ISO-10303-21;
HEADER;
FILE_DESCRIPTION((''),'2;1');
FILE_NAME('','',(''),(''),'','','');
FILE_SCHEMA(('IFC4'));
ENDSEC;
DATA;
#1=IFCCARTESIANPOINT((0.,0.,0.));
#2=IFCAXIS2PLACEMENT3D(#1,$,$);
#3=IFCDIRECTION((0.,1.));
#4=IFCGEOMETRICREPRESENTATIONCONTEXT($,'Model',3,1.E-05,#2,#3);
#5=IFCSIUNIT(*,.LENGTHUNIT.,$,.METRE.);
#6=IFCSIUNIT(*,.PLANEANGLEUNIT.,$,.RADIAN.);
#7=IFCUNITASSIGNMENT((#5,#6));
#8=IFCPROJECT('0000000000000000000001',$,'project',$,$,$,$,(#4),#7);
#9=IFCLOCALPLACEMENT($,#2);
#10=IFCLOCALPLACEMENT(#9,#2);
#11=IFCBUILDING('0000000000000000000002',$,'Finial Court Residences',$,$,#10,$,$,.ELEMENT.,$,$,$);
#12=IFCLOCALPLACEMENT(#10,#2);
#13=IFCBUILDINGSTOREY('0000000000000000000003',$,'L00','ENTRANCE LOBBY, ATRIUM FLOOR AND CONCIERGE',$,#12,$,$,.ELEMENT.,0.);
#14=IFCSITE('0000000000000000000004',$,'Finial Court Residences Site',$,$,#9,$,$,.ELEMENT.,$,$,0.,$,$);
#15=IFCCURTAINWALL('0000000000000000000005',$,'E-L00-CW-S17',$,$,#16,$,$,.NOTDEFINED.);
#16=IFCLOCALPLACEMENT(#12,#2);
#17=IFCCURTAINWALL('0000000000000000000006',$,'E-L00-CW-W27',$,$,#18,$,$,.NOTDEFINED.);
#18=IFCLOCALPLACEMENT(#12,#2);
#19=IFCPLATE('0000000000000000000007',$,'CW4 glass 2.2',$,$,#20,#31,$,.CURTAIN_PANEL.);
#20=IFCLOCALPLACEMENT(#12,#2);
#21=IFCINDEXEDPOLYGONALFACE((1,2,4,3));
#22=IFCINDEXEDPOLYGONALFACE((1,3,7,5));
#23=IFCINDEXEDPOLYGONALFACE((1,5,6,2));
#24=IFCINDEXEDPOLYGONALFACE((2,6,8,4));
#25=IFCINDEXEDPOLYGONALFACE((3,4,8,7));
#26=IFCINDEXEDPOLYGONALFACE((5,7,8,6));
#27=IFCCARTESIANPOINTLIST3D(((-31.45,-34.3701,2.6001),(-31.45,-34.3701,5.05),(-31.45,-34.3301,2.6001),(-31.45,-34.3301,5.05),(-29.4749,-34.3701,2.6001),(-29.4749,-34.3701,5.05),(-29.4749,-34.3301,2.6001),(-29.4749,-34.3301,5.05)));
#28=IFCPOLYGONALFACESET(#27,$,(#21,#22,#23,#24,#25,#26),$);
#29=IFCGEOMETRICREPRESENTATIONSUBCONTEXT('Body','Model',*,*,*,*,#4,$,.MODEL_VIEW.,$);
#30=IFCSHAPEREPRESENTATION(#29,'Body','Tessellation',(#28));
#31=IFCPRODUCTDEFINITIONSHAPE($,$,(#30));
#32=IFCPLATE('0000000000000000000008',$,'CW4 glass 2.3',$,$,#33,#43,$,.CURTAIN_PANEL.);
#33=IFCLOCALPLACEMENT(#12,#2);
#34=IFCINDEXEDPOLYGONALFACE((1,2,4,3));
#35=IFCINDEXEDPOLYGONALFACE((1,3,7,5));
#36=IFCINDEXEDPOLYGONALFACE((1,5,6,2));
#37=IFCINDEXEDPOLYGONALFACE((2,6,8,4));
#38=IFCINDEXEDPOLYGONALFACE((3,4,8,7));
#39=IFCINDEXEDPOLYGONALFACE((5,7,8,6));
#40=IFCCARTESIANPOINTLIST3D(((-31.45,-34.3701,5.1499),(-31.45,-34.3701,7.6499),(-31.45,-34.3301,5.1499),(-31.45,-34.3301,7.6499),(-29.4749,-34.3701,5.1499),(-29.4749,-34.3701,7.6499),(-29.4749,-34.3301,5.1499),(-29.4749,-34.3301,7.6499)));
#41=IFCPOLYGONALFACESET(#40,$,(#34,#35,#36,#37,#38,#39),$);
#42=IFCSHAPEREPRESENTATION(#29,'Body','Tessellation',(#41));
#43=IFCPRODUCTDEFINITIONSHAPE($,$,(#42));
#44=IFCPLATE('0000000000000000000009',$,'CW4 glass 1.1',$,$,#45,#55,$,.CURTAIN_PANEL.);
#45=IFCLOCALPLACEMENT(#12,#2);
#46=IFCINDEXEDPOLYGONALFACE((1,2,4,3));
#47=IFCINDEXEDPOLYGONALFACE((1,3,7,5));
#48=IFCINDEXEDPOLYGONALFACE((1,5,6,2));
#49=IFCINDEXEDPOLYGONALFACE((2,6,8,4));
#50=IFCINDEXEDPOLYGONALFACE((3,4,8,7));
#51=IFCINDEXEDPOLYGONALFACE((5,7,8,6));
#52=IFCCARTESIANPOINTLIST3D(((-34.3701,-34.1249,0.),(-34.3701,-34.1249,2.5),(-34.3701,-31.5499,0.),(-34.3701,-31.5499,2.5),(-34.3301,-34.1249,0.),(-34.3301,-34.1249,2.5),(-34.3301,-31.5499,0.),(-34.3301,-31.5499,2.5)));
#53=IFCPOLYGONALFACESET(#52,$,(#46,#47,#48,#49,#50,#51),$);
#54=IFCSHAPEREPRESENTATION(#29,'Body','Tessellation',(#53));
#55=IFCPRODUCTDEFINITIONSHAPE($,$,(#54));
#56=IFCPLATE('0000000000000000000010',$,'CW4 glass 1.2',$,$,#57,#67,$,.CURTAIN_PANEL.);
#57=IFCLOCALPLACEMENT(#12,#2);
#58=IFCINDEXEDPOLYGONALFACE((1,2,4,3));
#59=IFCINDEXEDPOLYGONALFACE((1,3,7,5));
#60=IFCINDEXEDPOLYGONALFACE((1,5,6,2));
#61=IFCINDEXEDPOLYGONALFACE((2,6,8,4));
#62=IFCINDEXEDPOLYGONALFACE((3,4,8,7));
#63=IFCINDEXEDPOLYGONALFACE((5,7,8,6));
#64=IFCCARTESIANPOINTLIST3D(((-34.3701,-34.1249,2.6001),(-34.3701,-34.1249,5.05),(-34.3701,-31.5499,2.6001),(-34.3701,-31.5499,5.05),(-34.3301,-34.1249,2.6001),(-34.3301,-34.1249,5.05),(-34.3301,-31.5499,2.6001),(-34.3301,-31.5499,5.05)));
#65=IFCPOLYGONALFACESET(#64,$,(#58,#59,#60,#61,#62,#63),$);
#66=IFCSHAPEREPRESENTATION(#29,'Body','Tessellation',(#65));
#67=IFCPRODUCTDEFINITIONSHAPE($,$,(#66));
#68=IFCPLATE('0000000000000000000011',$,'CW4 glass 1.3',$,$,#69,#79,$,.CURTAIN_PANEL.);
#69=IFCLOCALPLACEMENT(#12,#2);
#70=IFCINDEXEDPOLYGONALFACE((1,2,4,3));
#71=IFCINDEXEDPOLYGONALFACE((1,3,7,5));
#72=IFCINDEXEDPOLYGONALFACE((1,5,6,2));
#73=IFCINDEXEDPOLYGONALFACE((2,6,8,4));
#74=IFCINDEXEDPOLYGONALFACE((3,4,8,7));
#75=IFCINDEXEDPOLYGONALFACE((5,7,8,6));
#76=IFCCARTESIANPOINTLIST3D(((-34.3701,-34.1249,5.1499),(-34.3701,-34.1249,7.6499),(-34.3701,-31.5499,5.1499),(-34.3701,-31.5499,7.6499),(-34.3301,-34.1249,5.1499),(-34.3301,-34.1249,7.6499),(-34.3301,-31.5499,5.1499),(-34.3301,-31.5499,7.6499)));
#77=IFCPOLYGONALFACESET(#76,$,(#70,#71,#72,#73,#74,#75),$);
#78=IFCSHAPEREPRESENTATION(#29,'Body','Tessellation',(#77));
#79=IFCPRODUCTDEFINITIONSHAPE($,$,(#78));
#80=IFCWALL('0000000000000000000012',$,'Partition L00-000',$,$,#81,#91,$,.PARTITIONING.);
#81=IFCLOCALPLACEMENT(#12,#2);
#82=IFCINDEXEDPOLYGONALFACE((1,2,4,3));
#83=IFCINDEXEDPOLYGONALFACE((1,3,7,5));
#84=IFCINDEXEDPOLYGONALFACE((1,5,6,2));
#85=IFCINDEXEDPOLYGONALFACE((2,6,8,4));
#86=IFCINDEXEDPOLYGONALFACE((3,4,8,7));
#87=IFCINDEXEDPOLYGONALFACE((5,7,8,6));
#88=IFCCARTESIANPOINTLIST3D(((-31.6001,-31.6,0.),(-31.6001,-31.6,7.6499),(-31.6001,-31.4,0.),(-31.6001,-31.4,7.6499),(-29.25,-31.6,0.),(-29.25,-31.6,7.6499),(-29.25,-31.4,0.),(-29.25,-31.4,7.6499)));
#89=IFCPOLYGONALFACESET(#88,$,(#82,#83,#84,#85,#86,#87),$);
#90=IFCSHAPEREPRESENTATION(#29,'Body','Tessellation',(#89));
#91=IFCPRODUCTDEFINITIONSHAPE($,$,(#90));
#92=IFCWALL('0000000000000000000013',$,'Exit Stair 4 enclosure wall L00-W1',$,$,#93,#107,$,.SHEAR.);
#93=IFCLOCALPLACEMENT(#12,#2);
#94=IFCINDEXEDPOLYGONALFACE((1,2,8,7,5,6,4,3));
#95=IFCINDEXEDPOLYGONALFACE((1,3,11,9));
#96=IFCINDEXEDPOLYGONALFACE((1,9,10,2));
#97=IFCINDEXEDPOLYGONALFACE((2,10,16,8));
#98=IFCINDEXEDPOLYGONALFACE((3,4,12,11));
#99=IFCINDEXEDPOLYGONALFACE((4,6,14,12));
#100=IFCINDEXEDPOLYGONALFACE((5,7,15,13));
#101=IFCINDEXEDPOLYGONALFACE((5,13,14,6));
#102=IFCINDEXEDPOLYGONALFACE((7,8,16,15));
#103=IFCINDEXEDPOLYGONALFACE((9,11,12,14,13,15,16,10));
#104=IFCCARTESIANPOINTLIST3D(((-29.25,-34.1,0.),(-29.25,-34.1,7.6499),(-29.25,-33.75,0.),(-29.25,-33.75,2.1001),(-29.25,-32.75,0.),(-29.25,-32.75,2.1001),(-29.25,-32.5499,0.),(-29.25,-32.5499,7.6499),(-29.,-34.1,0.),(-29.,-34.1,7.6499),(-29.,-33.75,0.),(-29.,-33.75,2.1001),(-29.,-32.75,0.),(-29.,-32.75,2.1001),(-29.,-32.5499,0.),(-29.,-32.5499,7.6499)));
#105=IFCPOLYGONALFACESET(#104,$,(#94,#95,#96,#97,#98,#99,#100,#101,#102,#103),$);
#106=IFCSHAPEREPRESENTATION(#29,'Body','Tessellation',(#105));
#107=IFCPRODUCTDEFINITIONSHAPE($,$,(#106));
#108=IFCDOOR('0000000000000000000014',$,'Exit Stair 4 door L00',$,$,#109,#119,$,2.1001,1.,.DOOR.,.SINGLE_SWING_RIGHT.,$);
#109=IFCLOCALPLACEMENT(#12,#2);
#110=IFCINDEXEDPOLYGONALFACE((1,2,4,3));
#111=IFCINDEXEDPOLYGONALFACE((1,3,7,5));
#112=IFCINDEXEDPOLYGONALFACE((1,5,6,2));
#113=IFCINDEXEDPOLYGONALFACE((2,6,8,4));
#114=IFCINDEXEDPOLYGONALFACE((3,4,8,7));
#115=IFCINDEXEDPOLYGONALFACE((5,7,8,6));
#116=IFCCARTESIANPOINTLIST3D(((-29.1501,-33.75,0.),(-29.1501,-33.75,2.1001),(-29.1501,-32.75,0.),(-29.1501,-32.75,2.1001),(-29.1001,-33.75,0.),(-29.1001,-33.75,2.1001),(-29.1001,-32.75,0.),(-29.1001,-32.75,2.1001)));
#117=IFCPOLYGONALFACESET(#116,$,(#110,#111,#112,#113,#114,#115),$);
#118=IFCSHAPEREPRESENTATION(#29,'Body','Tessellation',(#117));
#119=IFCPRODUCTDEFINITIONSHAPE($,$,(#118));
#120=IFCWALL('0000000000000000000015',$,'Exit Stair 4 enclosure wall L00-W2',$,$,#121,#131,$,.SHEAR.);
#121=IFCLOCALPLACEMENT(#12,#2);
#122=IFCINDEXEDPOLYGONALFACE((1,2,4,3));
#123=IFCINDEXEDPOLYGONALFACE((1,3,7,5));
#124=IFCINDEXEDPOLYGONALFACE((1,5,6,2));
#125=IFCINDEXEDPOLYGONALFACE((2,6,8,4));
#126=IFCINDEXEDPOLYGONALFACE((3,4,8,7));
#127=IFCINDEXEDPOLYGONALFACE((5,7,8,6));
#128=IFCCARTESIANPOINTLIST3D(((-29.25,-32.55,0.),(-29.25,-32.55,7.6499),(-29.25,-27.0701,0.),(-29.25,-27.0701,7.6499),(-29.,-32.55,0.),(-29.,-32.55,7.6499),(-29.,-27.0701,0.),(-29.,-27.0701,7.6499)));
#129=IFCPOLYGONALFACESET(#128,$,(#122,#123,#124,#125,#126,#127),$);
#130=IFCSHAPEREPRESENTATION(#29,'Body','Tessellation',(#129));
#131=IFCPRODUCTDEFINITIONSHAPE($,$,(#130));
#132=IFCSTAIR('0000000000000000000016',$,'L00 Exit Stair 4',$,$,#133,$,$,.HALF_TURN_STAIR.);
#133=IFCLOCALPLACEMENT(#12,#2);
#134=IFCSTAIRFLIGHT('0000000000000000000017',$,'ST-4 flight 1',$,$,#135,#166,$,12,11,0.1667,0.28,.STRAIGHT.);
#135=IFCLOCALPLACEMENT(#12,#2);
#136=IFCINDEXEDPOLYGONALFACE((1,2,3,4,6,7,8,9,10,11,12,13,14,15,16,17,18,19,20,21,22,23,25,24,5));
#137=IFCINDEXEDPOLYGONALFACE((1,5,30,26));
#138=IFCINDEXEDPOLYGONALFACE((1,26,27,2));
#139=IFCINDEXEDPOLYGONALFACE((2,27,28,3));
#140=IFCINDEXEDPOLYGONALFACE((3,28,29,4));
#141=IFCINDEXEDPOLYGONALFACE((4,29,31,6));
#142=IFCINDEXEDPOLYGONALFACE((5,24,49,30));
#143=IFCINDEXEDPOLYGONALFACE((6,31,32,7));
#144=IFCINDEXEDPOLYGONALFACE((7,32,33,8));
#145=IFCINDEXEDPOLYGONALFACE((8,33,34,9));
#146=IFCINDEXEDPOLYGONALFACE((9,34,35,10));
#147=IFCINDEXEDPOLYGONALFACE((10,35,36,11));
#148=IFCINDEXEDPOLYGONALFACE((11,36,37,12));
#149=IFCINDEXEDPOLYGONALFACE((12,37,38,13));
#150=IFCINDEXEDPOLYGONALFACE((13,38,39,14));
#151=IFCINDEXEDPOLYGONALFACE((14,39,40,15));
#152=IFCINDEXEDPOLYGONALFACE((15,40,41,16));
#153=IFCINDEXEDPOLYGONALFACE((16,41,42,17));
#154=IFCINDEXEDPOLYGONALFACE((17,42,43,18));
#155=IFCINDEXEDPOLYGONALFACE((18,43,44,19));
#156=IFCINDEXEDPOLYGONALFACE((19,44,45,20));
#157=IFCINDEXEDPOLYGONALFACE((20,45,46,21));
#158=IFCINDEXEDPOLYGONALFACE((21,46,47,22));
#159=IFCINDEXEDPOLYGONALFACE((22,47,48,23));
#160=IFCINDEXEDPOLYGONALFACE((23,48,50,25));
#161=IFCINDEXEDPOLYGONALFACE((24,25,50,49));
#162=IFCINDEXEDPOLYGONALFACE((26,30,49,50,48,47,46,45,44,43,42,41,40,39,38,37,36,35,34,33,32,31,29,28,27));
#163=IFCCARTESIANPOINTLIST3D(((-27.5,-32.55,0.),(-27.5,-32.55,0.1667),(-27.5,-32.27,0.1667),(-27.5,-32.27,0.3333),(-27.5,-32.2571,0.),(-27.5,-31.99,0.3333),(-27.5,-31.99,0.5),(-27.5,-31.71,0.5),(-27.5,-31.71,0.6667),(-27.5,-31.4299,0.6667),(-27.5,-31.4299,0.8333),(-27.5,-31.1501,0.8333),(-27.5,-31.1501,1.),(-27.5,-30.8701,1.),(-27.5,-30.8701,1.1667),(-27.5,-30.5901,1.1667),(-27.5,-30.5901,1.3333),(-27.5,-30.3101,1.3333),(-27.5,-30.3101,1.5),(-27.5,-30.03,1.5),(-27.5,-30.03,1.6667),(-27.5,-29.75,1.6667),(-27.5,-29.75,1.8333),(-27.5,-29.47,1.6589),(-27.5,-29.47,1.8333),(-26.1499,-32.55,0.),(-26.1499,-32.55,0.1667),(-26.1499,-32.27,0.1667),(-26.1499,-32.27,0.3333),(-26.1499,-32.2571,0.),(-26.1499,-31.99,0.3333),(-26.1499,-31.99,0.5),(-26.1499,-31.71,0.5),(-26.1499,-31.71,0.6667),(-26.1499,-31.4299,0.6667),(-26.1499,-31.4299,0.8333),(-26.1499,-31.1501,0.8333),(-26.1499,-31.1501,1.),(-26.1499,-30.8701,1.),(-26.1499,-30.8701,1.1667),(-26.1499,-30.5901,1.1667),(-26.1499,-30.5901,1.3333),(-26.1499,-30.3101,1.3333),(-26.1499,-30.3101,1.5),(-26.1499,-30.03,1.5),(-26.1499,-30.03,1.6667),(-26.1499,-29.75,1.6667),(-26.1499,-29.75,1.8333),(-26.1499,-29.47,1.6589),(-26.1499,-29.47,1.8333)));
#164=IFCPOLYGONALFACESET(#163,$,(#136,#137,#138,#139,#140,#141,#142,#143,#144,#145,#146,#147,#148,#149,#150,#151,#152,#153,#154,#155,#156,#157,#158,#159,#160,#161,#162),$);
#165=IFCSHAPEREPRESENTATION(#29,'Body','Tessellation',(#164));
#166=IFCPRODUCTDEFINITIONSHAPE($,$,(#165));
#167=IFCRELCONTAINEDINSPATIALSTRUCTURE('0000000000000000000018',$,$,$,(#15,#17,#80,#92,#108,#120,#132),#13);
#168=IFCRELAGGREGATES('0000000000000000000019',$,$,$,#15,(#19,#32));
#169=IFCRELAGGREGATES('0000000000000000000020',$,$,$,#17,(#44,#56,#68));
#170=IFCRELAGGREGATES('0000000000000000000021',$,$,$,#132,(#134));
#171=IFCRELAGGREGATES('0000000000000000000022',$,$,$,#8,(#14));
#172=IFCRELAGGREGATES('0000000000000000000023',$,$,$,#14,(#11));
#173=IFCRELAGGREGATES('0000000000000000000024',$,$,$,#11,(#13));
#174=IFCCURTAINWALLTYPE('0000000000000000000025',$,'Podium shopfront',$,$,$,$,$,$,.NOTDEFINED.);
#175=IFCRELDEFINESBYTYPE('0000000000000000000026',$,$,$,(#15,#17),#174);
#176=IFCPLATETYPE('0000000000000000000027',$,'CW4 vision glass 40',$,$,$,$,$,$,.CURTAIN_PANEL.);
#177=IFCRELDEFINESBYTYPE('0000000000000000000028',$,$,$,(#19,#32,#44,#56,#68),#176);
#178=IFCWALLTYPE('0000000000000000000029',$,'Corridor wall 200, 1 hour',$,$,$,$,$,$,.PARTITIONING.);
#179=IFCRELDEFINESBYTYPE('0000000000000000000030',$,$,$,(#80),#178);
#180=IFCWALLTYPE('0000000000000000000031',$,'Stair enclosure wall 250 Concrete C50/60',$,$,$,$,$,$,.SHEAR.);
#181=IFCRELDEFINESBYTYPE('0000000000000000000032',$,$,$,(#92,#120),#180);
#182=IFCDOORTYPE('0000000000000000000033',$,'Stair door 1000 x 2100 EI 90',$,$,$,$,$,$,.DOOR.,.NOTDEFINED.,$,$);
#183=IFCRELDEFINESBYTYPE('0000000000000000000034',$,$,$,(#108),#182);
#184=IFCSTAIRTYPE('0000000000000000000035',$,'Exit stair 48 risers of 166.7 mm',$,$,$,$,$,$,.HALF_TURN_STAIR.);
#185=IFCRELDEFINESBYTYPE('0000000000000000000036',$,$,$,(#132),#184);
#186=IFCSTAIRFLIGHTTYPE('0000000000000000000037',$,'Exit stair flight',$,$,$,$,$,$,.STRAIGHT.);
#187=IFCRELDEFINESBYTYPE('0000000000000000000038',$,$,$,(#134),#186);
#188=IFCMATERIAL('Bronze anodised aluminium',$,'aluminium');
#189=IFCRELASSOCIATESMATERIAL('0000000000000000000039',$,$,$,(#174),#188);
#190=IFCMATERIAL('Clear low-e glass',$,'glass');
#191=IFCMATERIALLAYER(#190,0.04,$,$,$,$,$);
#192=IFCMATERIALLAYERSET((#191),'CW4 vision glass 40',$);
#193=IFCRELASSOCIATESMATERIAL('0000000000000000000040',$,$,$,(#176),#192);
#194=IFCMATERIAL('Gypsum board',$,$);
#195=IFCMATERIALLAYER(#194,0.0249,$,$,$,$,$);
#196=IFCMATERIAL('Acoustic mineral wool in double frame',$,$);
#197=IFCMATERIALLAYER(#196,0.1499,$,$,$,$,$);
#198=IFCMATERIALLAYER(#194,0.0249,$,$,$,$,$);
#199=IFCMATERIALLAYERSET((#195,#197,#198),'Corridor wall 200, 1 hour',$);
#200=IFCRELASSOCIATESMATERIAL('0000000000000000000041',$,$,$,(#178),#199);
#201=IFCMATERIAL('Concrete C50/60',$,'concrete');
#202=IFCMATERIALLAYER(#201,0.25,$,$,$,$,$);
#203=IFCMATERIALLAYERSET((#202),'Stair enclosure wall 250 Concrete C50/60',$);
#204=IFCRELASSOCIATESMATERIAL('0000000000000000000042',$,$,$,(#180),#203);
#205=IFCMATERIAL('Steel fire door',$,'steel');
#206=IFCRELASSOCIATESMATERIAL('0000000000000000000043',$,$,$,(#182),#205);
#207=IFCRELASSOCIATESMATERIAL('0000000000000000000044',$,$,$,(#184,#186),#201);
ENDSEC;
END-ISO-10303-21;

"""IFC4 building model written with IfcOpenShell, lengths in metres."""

from ifc_helpers import new_model, si_unit, direction, frame, frame_2d, origin, origin_2d, place, context, subcontext, project, spatial, polyline, rectangle, outline, extrude, material, layer, layer_set, type_object, element, fill, aggregate, save


model = new_model("IFC4")

# Units and contexts
model_context = context("Model", 3, precision=1e-05, world=origin(), true_north=direction((0.0, 1.0)))
body_context = subcontext(model_context, "Body", "Model", "MODEL_VIEW")
ifc_project = project(units=[si_unit("LENGTHUNIT", "METRE"), si_unit("PLANEANGLEUNIT", "RADIAN")], contexts=[model_context])

# Site, building, storey
site_placement = place(None, origin())
site = spatial("IfcSite", under=ifc_project, at=site_placement, Name="Finial Court Residences Site", CompositionType="ELEMENT", RefElevation=0.0)
building_placement = place(site_placement, origin())
building = spatial("IfcBuilding", under=site, at=building_placement, Name="Finial Court Residences", CompositionType="ELEMENT")
storey_placement = place(building_placement, origin())
storey = spatial("IfcBuildingStorey", under=building, at=storey_placement, Name="L00", Description="ENTRANCE LOBBY, ATRIUM FLOOR AND CONCIERGE", CompositionType="ELEMENT", Elevation=0.0)

# Curtain walls
ifc_material_1 = material(Name="Bronze anodised aluminium", Category="aluminium")
curtain_wall_type = type_object("IfcCurtainWallType", Name="Podium shopfront", PredefinedType="NOTDEFINED", material=ifc_material_1)
curtain_wall_1_placement = place(storey_placement, origin())
curtain_wall_1 = element("IfcCurtainWall", 1, at=curtain_wall_1_placement, inside=storey, type_object=curtain_wall_type, Name="E-L00-CW-S17", PredefinedType="NOTDEFINED")
curtain_wall_2_placement = place(storey_placement, origin())
curtain_wall_2 = element("IfcCurtainWall", 2, at=curtain_wall_2_placement, inside=storey, type_object=curtain_wall_type, Name="E-L00-CW-W27", PredefinedType="NOTDEFINED")

# Plates
ifc_material_2 = material(Name="Clear low-e glass", Category="glass")
ifc_layer_1 = layer(ifc_material_2, 0.04)
ifc_layer_set_1 = layer_set([ifc_layer_1], Name="CW4 vision glass 40")
plate_type = type_object("IfcPlateType", Name="CW4 vision glass 40", PredefinedType="CURTAIN_PANEL", material=ifc_layer_set_1)
plate_1_placement = place(storey_placement, frame((-30.4624, -34.3501, 2.6001), z_axis=(0.0, 0.0, 1.0), x_axis=(1.0, 0.0, 0.0)))
plate_1 = element("IfcPlate", 3, at=plate_1_placement, type_object=plate_type, Name="CW4 glass 2.2", PredefinedType="CURTAIN_PANEL", context=body_context, shape_type="SweptSolid", body=[
    extrude(rectangle(XDim=1.9751, YDim=0.04, at=origin_2d()), origin(), (0.0, 0.0, 1.0), 2.45),
])
plate_2_placement = place(storey_placement, frame((-30.4624, -34.3501, 5.1499), z_axis=(0.0, 0.0, 1.0), x_axis=(1.0, 0.0, 0.0)))
plate_2 = element("IfcPlate", 4, at=plate_2_placement, type_object=plate_type, Name="CW4 glass 2.3", PredefinedType="CURTAIN_PANEL", context=body_context, shape_type="SweptSolid", body=[
    extrude(rectangle(XDim=1.9751, YDim=0.04, at=origin_2d()), origin(), (0.0, 0.0, 1.0), 2.5),
])
aggregate(curtain_wall_1, [plate_1, plate_2])
plate_3_placement = place(storey_placement, frame((-34.3501, -32.8374, 0.0), z_axis=(0.0, 0.0, 1.0), x_axis=(0.0, 1.0, 0.0)))
plate_3 = element("IfcPlate", 5, at=plate_3_placement, type_object=plate_type, Name="CW4 glass 1.1", PredefinedType="CURTAIN_PANEL", context=body_context, shape_type="SweptSolid", body=[
    extrude(rectangle(XDim=2.575, YDim=0.04, at=origin_2d()), origin(), (0.0, 0.0, 1.0), 2.5),
])
plate_4_placement = place(storey_placement, frame((-34.3501, -32.8374, 2.6001), z_axis=(0.0, 0.0, 1.0), x_axis=(0.0, 1.0, 0.0)))
plate_4 = element("IfcPlate", 6, at=plate_4_placement, type_object=plate_type, Name="CW4 glass 1.2", PredefinedType="CURTAIN_PANEL", context=body_context, shape_type="SweptSolid", body=[
    extrude(rectangle(XDim=2.575, YDim=0.04, at=origin_2d()), origin(), (0.0, 0.0, 1.0), 2.45),
])
plate_5_placement = place(storey_placement, frame((-34.3501, -32.8374, 5.1499), z_axis=(0.0, 0.0, 1.0), x_axis=(0.0, 1.0, 0.0)))
plate_5 = element("IfcPlate", 7, at=plate_5_placement, type_object=plate_type, Name="CW4 glass 1.3", PredefinedType="CURTAIN_PANEL", context=body_context, shape_type="SweptSolid", body=[
    extrude(rectangle(XDim=2.575, YDim=0.04, at=origin_2d()), origin(), (0.0, 0.0, 1.0), 2.5),
])
aggregate(curtain_wall_2, [plate_3, plate_4, plate_5])

# Wall
ifc_material_3 = material(Name="Gypsum board")
ifc_layer_2 = layer(ifc_material_3, 0.0249)
ifc_material_4 = material(Name="Acoustic mineral wool in double frame")
ifc_layer_3 = layer(ifc_material_4, 0.1499)
ifc_layer_4 = layer(ifc_material_3, 0.0249)
ifc_layer_set_2 = layer_set([ifc_layer_2, ifc_layer_3, ifc_layer_4], Name="Corridor wall 200, 1 hour")
wall_type_1 = type_object("IfcWallType", Name="Corridor wall 200, 1 hour", PredefinedType="PARTITIONING", material=ifc_layer_set_2)
wall_1_placement = place(storey_placement, frame((-31.6001, -31.5, 0.0), z_axis=(0.0, 0.0, 1.0), x_axis=(1.0, 0.0, 0.0)))
element("IfcWall", 8, at=wall_1_placement, inside=storey, type_object=wall_type_1, Name="Partition L00-000", PredefinedType="PARTITIONING", context=body_context, shape_type="SweptSolid", body=[
    extrude(rectangle(XDim=2.3501, YDim=0.2, at=frame_2d((1.175, 0.0))), origin(), (0.0, 0.0, 1.0), 7.6499),
])

# Wall, opening, door
ifc_material_5 = material(Name="Concrete C50/60", Category="concrete")
ifc_layer_5 = layer(ifc_material_5, 0.25)
ifc_layer_set_3 = layer_set([ifc_layer_5], Name="Stair enclosure wall 250 Concrete C50/60")
wall_type_2 = type_object("IfcWallType", Name="Stair enclosure wall 250 Concrete C50/60", PredefinedType="SHEAR", material=ifc_layer_set_3)
wall_2_placement = place(storey_placement, frame((-29.125, -32.55, 0.0), z_axis=(0.0, 0.0, 1.0), x_axis=(0.0, -1.0, 0.0)))
wall_2 = element("IfcWall", 9, at=wall_2_placement, inside=storey, type_object=wall_type_2, Name="Exit Stair 4 enclosure wall L00-W1", PredefinedType="SHEAR", context=body_context, shape_type="SweptSolid", body=[
    extrude(rectangle(XDim=1.55, YDim=0.25, at=frame_2d((0.7749, 0.0))), origin(), (0.0, 0.0, 1.0), 7.6499),
])
opening_placement = place(wall_2_placement, frame((0.2, 0.0, 0.0)))
opening = element("IfcOpeningElement", 10, at=opening_placement, cuts=wall_2, PredefinedType="OPENING", context=body_context, shape_type="SweptSolid", body=[
    extrude(rectangle(XDim=1.0, YDim=2.1001, at=frame_2d((0.5, 1.05))), frame((0.0, 0.135, 0.0), z_axis=(0.0, -1.0, 0.0), x_axis=(1.0, 0.0, 0.0)), (0.0, 0.0, 1.0), 0.27),
])
ifc_material_6 = material(Name="Steel fire door", Category="steel")
door_type = type_object("IfcDoorType", Name="Stair door 1000 x 2100 EI 90", OperationType="NOTDEFINED", PredefinedType="DOOR", material=ifc_material_6)
door_placement = place(opening_placement, origin())
door = element("IfcDoor", 11, at=door_placement, inside=storey, type_object=door_type, Name="Exit Stair 4 door L00", OperationType="SINGLE_SWING_RIGHT", OverallHeight=2.1001, OverallWidth=1.0, PredefinedType="DOOR", context=body_context, shape_type="SweptSolid", body=[
    extrude(rectangle(XDim=1.0, YDim=2.1001, at=frame_2d((0.5, 1.05))), frame((0.0, 0.0249, 0.0), z_axis=(0.0, -1.0, 0.0), x_axis=(1.0, 0.0, 0.0)), (0.0, 0.0, 1.0), 0.05),
])
fill(opening, door)

# Wall
wall_3_placement = place(storey_placement, frame((-29.125, -32.55, 0.0), z_axis=(0.0, 0.0, 1.0), x_axis=(0.0, 1.0, 0.0)))
element("IfcWall", 12, at=wall_3_placement, inside=storey, type_object=wall_type_2, Name="Exit Stair 4 enclosure wall L00-W2", PredefinedType="SHEAR", context=body_context, shape_type="SweptSolid", body=[
    extrude(rectangle(XDim=5.48, YDim=0.25, at=frame_2d((2.74, 0.0))), origin(), (0.0, 0.0, 1.0), 7.6499),
])

# Stair, stair flight
stair_type = type_object("IfcStairType", Name="Exit stair 48 risers of 166.7 mm", PredefinedType="HALF_TURN_STAIR", material=ifc_material_5)
stair_placement = place(storey_placement, origin())
stair = element("IfcStair", 13, at=stair_placement, inside=storey, type_object=stair_type, Name="L00 Exit Stair 4", PredefinedType="HALF_TURN_STAIR")
stair_flight_type = type_object("IfcStairFlightType", Name="Exit stair flight", PredefinedType="STRAIGHT", material=ifc_material_5)
stair_flight_placement = place(storey_placement, frame((-26.825, -32.55, 0.0), z_axis=(0.0, 0.0, 1.0), x_axis=(0.0, 1.0, 0.0)))
stair_flight = element("IfcStairFlight", 14, at=stair_flight_placement, type_object=stair_flight_type, Name="ST-4 flight 1", NumberOfRisers=12, NumberOfTreads=11, PredefinedType="STRAIGHT", RiserHeight=0.1667, TreadLength=0.28, context=body_context, shape_type="SweptSolid", body=[
    extrude(outline(polyline([(0.0, 0.0), (0.0, 0.1667), (0.28, 0.1667), (0.28, 0.3333), (0.5601, 0.3333), (0.5601, 0.5), (0.8401, 0.5), (0.8401, 0.6667), (1.1201, 0.6667), (1.1201, 0.8333), (1.3999, 0.8333), (1.3999, 1.0), (1.6799, 1.0), (1.6799, 1.1667), (1.96, 1.1667), (1.96, 1.3333), (2.24, 1.3333), (2.24, 1.5), (2.52, 1.5), (2.52, 1.6667), (2.8, 1.6667), (2.8, 1.8333), (3.0801, 1.8333), (3.0801, 2.0), (3.0801, 1.6589), (0.293, 0.0), (0.0, 0.0)])), frame((0.0, 0.675, 0.0), z_axis=(0.0, -1.0, 0.0), x_axis=(1.0, 0.0, 0.0)), (0.0, 0.0, 1.0), 1.3501),
])
aggregate(stair, [stair_flight])

save(model, "model.ifc")
